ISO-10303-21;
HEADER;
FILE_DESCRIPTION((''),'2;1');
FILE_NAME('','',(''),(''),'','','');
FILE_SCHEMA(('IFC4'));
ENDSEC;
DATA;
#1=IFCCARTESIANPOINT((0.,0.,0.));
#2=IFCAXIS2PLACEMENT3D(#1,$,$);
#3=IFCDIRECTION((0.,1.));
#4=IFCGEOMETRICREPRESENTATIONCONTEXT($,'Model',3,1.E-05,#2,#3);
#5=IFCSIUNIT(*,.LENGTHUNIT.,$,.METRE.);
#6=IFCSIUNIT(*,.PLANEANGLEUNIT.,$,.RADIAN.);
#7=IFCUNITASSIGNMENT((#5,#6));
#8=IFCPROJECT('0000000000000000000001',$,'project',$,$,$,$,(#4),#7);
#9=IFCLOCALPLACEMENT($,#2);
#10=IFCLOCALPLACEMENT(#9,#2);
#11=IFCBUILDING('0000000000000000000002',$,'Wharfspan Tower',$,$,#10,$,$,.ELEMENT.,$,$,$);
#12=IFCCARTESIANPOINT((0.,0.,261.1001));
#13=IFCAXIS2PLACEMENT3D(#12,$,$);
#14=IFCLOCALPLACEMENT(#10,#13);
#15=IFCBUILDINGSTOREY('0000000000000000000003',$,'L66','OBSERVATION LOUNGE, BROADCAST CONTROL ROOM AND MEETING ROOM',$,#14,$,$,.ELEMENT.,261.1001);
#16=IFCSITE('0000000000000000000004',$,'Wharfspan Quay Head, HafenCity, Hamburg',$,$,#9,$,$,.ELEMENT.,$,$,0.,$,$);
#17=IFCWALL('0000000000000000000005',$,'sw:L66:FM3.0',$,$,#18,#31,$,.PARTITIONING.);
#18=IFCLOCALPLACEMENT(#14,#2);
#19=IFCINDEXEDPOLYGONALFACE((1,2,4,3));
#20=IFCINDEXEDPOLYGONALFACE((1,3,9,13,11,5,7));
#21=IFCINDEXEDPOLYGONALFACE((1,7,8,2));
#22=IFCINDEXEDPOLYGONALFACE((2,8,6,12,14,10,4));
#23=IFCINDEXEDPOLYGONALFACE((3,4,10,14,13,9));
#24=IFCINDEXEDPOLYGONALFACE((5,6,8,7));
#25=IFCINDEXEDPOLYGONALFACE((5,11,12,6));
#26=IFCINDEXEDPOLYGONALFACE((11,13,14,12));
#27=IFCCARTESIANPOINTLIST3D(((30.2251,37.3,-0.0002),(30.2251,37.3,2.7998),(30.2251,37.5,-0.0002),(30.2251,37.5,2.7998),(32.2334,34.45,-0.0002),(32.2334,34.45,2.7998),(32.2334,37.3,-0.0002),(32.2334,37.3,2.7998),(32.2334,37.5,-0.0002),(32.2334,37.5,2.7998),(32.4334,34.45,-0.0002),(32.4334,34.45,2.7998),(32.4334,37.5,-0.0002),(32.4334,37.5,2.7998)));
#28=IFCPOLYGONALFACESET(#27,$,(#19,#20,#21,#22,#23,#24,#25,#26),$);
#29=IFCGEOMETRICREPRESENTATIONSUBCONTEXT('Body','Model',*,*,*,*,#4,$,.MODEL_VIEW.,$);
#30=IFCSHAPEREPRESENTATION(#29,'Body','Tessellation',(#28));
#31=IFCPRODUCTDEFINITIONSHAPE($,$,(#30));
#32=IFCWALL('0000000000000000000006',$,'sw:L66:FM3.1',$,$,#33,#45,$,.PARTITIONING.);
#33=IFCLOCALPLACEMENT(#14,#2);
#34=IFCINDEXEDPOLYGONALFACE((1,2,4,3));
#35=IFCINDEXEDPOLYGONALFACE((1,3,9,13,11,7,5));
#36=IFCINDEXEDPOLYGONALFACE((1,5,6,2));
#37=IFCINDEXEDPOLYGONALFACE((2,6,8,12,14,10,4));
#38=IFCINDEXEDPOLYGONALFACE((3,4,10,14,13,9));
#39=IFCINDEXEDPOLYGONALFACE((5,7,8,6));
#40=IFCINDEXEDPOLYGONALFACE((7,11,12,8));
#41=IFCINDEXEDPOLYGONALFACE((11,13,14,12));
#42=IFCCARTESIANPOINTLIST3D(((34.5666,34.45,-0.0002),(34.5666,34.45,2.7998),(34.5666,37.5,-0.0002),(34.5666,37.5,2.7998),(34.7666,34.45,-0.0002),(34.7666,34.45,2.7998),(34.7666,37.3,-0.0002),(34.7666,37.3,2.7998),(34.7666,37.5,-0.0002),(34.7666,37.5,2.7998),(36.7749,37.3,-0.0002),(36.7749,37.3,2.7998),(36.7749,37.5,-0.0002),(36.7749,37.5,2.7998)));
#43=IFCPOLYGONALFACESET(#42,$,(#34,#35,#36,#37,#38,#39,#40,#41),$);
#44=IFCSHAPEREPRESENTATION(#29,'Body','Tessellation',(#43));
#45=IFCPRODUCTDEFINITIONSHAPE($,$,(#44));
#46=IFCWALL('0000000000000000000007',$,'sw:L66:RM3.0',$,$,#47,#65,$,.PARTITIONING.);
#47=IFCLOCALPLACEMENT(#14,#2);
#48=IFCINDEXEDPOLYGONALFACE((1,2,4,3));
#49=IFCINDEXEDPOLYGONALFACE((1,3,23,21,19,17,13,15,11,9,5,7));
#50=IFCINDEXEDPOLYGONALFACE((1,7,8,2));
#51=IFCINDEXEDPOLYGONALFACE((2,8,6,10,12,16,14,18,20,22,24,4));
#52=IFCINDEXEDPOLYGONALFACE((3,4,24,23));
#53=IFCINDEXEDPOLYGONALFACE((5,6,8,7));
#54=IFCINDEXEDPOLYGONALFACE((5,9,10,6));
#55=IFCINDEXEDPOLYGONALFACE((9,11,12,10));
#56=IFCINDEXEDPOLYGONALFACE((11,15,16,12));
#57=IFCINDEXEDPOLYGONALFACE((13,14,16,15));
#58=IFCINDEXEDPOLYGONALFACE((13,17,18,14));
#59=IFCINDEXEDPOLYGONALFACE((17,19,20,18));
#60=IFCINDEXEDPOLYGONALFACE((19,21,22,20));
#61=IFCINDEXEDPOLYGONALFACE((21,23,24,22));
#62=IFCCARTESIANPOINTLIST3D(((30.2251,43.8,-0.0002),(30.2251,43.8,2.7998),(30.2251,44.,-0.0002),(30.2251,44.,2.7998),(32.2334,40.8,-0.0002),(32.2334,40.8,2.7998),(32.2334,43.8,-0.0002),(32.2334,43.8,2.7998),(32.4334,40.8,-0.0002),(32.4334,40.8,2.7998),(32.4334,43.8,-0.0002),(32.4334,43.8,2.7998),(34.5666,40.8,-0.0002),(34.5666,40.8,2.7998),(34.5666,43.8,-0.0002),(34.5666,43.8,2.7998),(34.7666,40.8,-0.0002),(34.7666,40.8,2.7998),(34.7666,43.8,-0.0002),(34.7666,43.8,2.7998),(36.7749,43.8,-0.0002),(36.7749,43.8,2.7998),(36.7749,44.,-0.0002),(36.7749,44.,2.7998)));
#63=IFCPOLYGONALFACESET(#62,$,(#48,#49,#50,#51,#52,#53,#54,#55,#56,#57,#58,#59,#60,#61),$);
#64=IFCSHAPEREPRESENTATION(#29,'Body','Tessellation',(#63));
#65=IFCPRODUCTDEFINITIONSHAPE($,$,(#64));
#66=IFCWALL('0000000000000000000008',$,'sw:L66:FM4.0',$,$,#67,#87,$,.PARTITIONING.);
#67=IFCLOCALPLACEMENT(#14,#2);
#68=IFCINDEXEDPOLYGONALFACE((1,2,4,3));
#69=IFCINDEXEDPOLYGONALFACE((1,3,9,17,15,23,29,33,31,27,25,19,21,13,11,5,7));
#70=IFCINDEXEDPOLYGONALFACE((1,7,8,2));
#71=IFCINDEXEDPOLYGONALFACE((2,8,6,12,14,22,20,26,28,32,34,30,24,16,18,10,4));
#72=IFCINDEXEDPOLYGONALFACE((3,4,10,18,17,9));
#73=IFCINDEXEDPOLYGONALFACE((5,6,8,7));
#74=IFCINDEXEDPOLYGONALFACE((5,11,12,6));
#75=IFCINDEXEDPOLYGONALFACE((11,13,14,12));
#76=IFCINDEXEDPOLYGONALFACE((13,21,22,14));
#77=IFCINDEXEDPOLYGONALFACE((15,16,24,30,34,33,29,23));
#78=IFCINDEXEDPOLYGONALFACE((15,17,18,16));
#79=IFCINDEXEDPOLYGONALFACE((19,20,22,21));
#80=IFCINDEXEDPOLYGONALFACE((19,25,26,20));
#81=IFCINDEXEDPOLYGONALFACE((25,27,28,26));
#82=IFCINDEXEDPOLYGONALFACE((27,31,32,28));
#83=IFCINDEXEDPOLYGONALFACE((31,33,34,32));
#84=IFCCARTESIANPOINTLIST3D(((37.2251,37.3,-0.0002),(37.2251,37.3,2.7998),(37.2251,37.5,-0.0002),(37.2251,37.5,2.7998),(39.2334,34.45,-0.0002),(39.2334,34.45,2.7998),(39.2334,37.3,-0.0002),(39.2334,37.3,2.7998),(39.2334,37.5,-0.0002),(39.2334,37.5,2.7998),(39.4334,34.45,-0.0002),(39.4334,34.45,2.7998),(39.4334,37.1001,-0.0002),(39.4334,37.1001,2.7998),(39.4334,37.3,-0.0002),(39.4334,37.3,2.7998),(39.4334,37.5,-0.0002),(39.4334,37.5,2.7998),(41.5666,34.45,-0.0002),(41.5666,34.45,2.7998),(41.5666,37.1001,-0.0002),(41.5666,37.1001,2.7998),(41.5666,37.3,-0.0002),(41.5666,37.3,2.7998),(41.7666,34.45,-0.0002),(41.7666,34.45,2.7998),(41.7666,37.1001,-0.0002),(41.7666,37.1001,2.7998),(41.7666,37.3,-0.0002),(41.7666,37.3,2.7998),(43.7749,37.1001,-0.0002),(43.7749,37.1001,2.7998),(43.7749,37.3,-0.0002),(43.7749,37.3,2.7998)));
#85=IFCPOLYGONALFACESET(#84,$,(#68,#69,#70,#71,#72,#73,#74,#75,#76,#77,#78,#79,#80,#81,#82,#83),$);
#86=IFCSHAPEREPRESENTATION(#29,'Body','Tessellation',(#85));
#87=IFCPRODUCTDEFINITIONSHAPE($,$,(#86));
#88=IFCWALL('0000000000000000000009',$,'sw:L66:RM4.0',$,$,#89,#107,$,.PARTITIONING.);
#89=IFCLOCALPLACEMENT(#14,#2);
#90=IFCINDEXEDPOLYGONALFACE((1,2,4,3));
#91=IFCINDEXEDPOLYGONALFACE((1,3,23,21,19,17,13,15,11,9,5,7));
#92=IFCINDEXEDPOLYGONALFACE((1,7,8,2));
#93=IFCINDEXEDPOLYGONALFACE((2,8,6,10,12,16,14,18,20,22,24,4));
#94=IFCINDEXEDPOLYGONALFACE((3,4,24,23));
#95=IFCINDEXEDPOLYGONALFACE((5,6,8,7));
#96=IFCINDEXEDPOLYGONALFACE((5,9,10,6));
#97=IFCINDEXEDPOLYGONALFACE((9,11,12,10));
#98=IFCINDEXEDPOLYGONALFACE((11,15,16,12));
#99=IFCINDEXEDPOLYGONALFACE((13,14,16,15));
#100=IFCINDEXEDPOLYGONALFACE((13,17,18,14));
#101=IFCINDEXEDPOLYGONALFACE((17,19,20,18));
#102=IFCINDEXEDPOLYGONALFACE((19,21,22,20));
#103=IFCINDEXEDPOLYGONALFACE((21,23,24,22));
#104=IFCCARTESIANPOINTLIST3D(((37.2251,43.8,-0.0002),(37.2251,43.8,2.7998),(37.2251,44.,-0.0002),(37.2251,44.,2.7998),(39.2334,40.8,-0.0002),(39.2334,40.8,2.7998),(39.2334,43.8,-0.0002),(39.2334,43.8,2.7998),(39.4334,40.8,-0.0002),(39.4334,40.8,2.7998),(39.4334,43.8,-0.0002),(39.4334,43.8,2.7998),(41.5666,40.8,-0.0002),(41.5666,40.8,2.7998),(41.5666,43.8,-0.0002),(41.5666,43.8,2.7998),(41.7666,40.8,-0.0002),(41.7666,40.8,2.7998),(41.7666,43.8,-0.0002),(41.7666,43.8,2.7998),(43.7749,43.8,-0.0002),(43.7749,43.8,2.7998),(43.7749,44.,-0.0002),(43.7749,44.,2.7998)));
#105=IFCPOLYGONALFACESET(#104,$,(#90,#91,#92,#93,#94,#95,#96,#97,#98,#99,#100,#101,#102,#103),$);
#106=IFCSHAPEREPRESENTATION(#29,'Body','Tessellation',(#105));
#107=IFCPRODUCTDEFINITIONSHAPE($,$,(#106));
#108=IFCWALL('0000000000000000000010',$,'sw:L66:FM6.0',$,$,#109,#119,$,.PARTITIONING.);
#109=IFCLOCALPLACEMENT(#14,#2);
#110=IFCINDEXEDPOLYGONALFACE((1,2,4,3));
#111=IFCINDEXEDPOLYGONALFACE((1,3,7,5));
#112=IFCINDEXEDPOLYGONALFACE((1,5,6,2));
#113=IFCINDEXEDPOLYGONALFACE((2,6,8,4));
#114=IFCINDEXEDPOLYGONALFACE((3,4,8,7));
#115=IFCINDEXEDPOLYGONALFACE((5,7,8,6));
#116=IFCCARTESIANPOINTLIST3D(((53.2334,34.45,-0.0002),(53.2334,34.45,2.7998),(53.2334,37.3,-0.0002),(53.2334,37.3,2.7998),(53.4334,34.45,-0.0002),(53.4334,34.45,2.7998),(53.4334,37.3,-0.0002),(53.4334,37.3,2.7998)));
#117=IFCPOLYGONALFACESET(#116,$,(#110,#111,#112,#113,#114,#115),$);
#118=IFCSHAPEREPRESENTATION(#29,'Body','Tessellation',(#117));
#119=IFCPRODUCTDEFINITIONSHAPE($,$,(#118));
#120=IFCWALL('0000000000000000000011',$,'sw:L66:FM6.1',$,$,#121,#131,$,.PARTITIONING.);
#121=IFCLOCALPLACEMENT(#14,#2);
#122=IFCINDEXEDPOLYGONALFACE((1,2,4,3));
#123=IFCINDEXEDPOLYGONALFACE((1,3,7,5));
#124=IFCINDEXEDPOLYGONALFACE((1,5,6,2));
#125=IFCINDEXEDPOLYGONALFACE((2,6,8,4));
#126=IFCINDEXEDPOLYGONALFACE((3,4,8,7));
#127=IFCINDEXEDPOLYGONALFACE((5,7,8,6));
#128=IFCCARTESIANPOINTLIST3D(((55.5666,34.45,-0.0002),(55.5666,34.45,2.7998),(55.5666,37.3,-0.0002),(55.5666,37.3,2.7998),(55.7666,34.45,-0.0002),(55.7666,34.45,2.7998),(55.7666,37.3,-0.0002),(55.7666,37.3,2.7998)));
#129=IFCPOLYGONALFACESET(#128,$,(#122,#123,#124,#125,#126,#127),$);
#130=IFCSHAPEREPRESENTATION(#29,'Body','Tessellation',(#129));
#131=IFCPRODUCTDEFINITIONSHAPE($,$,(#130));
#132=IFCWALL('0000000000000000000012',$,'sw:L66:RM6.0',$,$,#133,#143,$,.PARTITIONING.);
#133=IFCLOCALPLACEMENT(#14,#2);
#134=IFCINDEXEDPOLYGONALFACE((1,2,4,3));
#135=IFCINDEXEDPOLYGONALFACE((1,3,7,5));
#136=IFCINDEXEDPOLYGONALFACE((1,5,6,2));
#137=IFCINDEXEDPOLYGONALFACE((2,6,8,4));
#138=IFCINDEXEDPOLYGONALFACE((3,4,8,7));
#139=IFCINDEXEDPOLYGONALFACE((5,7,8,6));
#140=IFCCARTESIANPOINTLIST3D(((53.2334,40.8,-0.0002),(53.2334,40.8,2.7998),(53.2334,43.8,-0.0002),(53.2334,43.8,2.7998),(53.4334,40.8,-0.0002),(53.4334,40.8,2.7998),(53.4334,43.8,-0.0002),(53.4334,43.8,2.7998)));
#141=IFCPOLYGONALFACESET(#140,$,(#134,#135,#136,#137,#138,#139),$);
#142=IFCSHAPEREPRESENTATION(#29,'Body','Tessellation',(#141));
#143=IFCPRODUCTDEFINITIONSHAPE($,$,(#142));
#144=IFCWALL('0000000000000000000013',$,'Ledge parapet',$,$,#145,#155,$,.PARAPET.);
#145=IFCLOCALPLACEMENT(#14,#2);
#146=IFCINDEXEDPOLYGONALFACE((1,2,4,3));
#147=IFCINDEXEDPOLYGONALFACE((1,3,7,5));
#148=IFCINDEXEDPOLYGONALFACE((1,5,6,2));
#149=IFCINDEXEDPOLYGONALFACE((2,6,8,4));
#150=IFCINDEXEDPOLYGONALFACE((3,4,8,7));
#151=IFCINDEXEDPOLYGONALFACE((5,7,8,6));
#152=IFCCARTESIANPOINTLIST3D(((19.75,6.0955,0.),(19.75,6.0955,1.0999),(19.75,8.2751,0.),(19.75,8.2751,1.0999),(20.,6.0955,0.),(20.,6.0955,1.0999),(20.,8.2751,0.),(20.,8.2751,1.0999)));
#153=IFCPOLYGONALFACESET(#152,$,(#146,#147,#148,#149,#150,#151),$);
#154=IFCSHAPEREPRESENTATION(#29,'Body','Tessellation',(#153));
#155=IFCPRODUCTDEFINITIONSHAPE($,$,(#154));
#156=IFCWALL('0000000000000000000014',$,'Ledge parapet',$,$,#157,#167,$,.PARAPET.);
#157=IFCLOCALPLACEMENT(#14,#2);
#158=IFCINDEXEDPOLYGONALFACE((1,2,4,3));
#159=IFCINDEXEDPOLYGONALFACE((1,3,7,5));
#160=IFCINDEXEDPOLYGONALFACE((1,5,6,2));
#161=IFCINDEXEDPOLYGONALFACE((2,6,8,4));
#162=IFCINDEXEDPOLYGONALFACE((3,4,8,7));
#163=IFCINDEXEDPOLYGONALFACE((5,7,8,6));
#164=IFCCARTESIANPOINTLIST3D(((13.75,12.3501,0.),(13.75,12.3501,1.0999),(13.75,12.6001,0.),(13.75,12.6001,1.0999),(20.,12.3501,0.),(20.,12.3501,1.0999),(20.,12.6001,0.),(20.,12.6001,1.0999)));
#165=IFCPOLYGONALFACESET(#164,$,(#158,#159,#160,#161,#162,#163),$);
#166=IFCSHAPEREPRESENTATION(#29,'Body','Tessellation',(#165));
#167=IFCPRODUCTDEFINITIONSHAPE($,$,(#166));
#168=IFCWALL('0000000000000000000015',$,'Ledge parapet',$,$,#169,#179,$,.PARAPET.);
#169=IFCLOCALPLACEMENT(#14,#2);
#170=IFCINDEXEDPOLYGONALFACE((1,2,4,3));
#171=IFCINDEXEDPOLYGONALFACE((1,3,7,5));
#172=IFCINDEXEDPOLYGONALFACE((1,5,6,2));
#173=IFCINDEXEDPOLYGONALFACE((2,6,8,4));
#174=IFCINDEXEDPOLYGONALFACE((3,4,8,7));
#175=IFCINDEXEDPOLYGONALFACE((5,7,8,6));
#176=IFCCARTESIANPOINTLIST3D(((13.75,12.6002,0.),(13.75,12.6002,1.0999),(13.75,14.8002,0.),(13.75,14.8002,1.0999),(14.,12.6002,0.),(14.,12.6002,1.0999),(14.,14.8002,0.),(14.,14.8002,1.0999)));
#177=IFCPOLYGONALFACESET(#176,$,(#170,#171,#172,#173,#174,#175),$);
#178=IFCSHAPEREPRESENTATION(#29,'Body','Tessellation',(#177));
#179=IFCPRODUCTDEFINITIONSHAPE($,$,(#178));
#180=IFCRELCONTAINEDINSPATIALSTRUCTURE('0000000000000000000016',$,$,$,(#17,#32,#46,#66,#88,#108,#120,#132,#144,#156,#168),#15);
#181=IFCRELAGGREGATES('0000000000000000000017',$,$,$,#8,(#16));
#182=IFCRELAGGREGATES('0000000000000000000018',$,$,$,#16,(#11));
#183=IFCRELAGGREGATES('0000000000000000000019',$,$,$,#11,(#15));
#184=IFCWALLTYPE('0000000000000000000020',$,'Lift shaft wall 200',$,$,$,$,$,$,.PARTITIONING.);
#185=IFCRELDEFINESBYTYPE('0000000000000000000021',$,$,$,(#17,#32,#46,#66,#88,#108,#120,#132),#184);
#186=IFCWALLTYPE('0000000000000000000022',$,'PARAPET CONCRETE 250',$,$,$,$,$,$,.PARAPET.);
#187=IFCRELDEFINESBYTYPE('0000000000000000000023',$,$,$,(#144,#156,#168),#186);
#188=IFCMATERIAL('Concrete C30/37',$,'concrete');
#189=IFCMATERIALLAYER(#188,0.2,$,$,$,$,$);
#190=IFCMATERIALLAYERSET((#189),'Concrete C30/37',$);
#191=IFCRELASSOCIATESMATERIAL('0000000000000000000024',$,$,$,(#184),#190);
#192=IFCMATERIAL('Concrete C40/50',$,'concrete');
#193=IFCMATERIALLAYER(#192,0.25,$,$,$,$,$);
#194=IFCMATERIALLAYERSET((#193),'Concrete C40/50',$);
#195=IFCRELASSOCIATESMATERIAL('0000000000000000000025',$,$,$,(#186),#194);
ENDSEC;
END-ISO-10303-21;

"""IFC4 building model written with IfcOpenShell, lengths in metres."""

from ifc_helpers import new_model, si_unit, direction, frame, frame_2d, origin, place, context, subcontext, project, spatial, polyline, rectangle, outline, extrude, material, layer, layer_set, type_object, element, save


model = new_model("IFC4")

# Units and contexts
model_context = context("Model", 3, precision=1e-05, world=origin(), true_north=direction((0.0, 1.0)))
body_context = subcontext(model_context, "Body", "Model", "MODEL_VIEW")
ifc_project = project(units=[si_unit("LENGTHUNIT", "METRE"), si_unit("PLANEANGLEUNIT", "RADIAN")], contexts=[model_context])

# Site, building, storey
site_placement = place(None, origin())
site = spatial("IfcSite", under=ifc_project, at=site_placement, Name="Wharfspan Quay Head, HafenCity, Hamburg", CompositionType="ELEMENT", RefElevation=0.0)
building_placement = place(site_placement, origin())
building = spatial("IfcBuilding", under=site, at=building_placement, Name="Wharfspan Tower", CompositionType="ELEMENT")
storey_placement = place(building_placement, frame((0.0, 0.0, 261.1001)))
storey = spatial("IfcBuildingStorey", under=building, at=storey_placement, Name="L66", Description="OBSERVATION LOUNGE, BROADCAST CONTROL ROOM AND MEETING ROOM", CompositionType="ELEMENT", Elevation=261.1001)

# Shared definitions
ifc_material_1 = material(Name="Concrete C40/50", Category="concrete")

# Walls
ifc_material_2 = material(Name="Concrete C30/37", Category="concrete")
ifc_layer_1 = layer(ifc_material_2, 0.2)
ifc_layer_set_1 = layer_set([ifc_layer_1], Name="Concrete C30/37")
wall_type_1 = type_object("IfcWallType", Name="Lift shaft wall 200", PredefinedType="PARTITIONING", material=ifc_layer_set_1)
wall_1_placement = place(storey_placement, frame((0.0, 0.0, -0.0002)))
element("IfcWall", 1, at=wall_1_placement, inside=storey, type_object=wall_type_1, Name="sw:L66:FM3.0", PredefinedType="PARTITIONING", context=body_context, shape_type="SweptSolid", body=[
    extrude(outline(polyline([(32.2334, 37.3), (30.2251, 37.3), (30.2251, 37.5), (32.2334, 37.5), (32.4333, 37.5), (32.4333, 34.45), (32.2334, 34.45), (32.2334, 37.3)])), origin(), (0.0, 0.0, 1.0), 2.8),
])
wall_2_placement = place(storey_placement, frame((0.0, 0.0, -0.0002)))
element("IfcWall", 2, at=wall_2_placement, inside=storey, type_object=wall_type_1, Name="sw:L66:FM3.1", PredefinedType="PARTITIONING", context=body_context, shape_type="SweptSolid", body=[
    extrude(outline(polyline([(34.5667, 37.5), (34.7666, 37.5), (36.7749, 37.5), (36.7749, 37.3), (34.7666, 37.3), (34.7666, 34.45), (34.5667, 34.45), (34.5667, 37.5)])), origin(), (0.0, 0.0, 1.0), 2.8),
])
wall_3_placement = place(storey_placement, frame((0.0, 0.0, -0.0002)))
element("IfcWall", 3, at=wall_3_placement, inside=storey, type_object=wall_type_1, Name="sw:L66:RM3.0", PredefinedType="PARTITIONING", context=body_context, shape_type="SweptSolid", body=[
    extrude(outline(polyline([(32.4333, 40.8), (32.2334, 40.8), (32.2334, 43.8), (30.2251, 43.8), (30.2251, 44.0), (36.7749, 44.0), (36.7749, 43.8), (34.7666, 43.8), (34.7666, 40.8), (34.5667, 40.8), (34.5667, 43.8), (32.4333, 43.8), (32.4333, 40.8)])), origin(), (0.0, 0.0, 1.0), 2.8),
])
wall_4_placement = place(storey_placement, frame((0.0, 0.0, -0.0002)))
element("IfcWall", 4, at=wall_4_placement, inside=storey, type_object=wall_type_1, Name="sw:L66:FM4.0", PredefinedType="PARTITIONING", context=body_context, shape_type="SweptSolid", body=[
    extrude(outline(polyline([(41.5667, 37.1001), (39.4333, 37.1001), (39.4333, 34.45), (39.2334, 34.45), (39.2334, 37.3), (37.2251, 37.3), (37.2251, 37.5), (39.2334, 37.5), (39.4333, 37.5), (39.4333, 37.3), (41.5667, 37.3), (41.7666, 37.3), (43.7749, 37.3), (43.7749, 37.1001), (41.7666, 37.1001), (41.7666, 34.45), (41.5667, 34.45), (41.5667, 37.1001)])), origin(), (0.0, 0.0, 1.0), 2.8),
])
wall_5_placement = place(storey_placement, frame((0.0, 0.0, -0.0002)))
element("IfcWall", 5, at=wall_5_placement, inside=storey, type_object=wall_type_1, Name="sw:L66:RM4.0", PredefinedType="PARTITIONING", context=body_context, shape_type="SweptSolid", body=[
    extrude(outline(polyline([(39.4333, 40.8), (39.2334, 40.8), (39.2334, 43.8), (37.2251, 43.8), (37.2251, 44.0), (43.7749, 44.0), (43.7749, 43.8), (41.7666, 43.8), (41.7666, 40.8), (41.5667, 40.8), (41.5667, 43.8), (39.4333, 43.8), (39.4333, 40.8)])), origin(), (0.0, 0.0, 1.0), 2.8),
])
wall_6_placement = place(storey_placement, frame((0.0, 0.0, -0.0002)))
element("IfcWall", 6, at=wall_6_placement, inside=storey, type_object=wall_type_1, Name="sw:L66:FM6.0", PredefinedType="PARTITIONING", context=body_context, shape_type="SweptSolid", body=[
    extrude(outline(polyline([(53.2334, 34.45), (53.2334, 37.3), (53.4333, 37.3), (53.4333, 34.45), (53.2334, 34.45)])), origin(), (0.0, 0.0, 1.0), 2.8),
])
wall_7_placement = place(storey_placement, frame((0.0, 0.0, -0.0002)))
element("IfcWall", 7, at=wall_7_placement, inside=storey, type_object=wall_type_1, Name="sw:L66:FM6.1", PredefinedType="PARTITIONING", context=body_context, shape_type="SweptSolid", body=[
    extrude(outline(polyline([(55.5667, 34.45), (55.5667, 37.3), (55.7666, 37.3), (55.7666, 34.45), (55.5667, 34.45)])), origin(), (0.0, 0.0, 1.0), 2.8),
])
wall_8_placement = place(storey_placement, frame((0.0, 0.0, -0.0002)))
element("IfcWall", 8, at=wall_8_placement, inside=storey, type_object=wall_type_1, Name="sw:L66:RM6.0", PredefinedType="PARTITIONING", context=body_context, shape_type="SweptSolid", body=[
    extrude(outline(polyline([(53.4333, 40.8), (53.4333, 43.8), (53.2334, 43.8), (53.2334, 40.8), (53.4333, 40.8)])), origin(), (0.0, 0.0, 1.0), 2.8),
])
ifc_layer_2 = layer(ifc_material_1, 0.25)
ifc_layer_set_2 = layer_set([ifc_layer_2], Name="Concrete C40/50")
wall_type_2 = type_object("IfcWallType", Name="PARAPET CONCRETE 250", PredefinedType="PARAPET", material=ifc_layer_set_2)
wall_9_placement = place(storey_placement, frame((19.875, 6.0955, 0.0), z_axis=(0.0, 0.0, 1.0), x_axis=(0.0, 1.0, 0.0)))
element("IfcWall", 9, at=wall_9_placement, inside=storey, type_object=wall_type_2, Name="Ledge parapet", PredefinedType="PARAPET", context=body_context, shape_type="SweptSolid", body=[
    extrude(rectangle(XDim=2.1797, YDim=0.25, at=frame_2d((1.0898, 0.0))), origin(), (0.0, 0.0, 1.0), 1.0999),
])
wall_10_placement = place(storey_placement, frame((20.0, 12.4751, 0.0), z_axis=(0.0, 0.0, 1.0), x_axis=(-1.0, 0.0, 0.0)))
element("IfcWall", 10, at=wall_10_placement, inside=storey, type_object=wall_type_2, Name="Ledge parapet", PredefinedType="PARAPET", context=body_context, shape_type="SweptSolid", body=[
    extrude(rectangle(XDim=6.25, YDim=0.25, at=frame_2d((3.125, 0.0))), origin(), (0.0, 0.0, 1.0), 1.0999),
])
wall_11_placement = place(storey_placement, frame((13.875, 12.6001, 0.0), z_axis=(0.0, 0.0, 1.0), x_axis=(0.0, 1.0, 0.0)))
element("IfcWall", 11, at=wall_11_placement, inside=storey, type_object=wall_type_2, Name="Ledge parapet", PredefinedType="PARAPET", context=body_context, shape_type="SweptSolid", body=[
    extrude(rectangle(XDim=2.2, YDim=0.25, at=frame_2d((1.1001, 0.0))), origin(), (0.0, 0.0, 1.0), 1.0999),
])

save(model, "model.ifc")
